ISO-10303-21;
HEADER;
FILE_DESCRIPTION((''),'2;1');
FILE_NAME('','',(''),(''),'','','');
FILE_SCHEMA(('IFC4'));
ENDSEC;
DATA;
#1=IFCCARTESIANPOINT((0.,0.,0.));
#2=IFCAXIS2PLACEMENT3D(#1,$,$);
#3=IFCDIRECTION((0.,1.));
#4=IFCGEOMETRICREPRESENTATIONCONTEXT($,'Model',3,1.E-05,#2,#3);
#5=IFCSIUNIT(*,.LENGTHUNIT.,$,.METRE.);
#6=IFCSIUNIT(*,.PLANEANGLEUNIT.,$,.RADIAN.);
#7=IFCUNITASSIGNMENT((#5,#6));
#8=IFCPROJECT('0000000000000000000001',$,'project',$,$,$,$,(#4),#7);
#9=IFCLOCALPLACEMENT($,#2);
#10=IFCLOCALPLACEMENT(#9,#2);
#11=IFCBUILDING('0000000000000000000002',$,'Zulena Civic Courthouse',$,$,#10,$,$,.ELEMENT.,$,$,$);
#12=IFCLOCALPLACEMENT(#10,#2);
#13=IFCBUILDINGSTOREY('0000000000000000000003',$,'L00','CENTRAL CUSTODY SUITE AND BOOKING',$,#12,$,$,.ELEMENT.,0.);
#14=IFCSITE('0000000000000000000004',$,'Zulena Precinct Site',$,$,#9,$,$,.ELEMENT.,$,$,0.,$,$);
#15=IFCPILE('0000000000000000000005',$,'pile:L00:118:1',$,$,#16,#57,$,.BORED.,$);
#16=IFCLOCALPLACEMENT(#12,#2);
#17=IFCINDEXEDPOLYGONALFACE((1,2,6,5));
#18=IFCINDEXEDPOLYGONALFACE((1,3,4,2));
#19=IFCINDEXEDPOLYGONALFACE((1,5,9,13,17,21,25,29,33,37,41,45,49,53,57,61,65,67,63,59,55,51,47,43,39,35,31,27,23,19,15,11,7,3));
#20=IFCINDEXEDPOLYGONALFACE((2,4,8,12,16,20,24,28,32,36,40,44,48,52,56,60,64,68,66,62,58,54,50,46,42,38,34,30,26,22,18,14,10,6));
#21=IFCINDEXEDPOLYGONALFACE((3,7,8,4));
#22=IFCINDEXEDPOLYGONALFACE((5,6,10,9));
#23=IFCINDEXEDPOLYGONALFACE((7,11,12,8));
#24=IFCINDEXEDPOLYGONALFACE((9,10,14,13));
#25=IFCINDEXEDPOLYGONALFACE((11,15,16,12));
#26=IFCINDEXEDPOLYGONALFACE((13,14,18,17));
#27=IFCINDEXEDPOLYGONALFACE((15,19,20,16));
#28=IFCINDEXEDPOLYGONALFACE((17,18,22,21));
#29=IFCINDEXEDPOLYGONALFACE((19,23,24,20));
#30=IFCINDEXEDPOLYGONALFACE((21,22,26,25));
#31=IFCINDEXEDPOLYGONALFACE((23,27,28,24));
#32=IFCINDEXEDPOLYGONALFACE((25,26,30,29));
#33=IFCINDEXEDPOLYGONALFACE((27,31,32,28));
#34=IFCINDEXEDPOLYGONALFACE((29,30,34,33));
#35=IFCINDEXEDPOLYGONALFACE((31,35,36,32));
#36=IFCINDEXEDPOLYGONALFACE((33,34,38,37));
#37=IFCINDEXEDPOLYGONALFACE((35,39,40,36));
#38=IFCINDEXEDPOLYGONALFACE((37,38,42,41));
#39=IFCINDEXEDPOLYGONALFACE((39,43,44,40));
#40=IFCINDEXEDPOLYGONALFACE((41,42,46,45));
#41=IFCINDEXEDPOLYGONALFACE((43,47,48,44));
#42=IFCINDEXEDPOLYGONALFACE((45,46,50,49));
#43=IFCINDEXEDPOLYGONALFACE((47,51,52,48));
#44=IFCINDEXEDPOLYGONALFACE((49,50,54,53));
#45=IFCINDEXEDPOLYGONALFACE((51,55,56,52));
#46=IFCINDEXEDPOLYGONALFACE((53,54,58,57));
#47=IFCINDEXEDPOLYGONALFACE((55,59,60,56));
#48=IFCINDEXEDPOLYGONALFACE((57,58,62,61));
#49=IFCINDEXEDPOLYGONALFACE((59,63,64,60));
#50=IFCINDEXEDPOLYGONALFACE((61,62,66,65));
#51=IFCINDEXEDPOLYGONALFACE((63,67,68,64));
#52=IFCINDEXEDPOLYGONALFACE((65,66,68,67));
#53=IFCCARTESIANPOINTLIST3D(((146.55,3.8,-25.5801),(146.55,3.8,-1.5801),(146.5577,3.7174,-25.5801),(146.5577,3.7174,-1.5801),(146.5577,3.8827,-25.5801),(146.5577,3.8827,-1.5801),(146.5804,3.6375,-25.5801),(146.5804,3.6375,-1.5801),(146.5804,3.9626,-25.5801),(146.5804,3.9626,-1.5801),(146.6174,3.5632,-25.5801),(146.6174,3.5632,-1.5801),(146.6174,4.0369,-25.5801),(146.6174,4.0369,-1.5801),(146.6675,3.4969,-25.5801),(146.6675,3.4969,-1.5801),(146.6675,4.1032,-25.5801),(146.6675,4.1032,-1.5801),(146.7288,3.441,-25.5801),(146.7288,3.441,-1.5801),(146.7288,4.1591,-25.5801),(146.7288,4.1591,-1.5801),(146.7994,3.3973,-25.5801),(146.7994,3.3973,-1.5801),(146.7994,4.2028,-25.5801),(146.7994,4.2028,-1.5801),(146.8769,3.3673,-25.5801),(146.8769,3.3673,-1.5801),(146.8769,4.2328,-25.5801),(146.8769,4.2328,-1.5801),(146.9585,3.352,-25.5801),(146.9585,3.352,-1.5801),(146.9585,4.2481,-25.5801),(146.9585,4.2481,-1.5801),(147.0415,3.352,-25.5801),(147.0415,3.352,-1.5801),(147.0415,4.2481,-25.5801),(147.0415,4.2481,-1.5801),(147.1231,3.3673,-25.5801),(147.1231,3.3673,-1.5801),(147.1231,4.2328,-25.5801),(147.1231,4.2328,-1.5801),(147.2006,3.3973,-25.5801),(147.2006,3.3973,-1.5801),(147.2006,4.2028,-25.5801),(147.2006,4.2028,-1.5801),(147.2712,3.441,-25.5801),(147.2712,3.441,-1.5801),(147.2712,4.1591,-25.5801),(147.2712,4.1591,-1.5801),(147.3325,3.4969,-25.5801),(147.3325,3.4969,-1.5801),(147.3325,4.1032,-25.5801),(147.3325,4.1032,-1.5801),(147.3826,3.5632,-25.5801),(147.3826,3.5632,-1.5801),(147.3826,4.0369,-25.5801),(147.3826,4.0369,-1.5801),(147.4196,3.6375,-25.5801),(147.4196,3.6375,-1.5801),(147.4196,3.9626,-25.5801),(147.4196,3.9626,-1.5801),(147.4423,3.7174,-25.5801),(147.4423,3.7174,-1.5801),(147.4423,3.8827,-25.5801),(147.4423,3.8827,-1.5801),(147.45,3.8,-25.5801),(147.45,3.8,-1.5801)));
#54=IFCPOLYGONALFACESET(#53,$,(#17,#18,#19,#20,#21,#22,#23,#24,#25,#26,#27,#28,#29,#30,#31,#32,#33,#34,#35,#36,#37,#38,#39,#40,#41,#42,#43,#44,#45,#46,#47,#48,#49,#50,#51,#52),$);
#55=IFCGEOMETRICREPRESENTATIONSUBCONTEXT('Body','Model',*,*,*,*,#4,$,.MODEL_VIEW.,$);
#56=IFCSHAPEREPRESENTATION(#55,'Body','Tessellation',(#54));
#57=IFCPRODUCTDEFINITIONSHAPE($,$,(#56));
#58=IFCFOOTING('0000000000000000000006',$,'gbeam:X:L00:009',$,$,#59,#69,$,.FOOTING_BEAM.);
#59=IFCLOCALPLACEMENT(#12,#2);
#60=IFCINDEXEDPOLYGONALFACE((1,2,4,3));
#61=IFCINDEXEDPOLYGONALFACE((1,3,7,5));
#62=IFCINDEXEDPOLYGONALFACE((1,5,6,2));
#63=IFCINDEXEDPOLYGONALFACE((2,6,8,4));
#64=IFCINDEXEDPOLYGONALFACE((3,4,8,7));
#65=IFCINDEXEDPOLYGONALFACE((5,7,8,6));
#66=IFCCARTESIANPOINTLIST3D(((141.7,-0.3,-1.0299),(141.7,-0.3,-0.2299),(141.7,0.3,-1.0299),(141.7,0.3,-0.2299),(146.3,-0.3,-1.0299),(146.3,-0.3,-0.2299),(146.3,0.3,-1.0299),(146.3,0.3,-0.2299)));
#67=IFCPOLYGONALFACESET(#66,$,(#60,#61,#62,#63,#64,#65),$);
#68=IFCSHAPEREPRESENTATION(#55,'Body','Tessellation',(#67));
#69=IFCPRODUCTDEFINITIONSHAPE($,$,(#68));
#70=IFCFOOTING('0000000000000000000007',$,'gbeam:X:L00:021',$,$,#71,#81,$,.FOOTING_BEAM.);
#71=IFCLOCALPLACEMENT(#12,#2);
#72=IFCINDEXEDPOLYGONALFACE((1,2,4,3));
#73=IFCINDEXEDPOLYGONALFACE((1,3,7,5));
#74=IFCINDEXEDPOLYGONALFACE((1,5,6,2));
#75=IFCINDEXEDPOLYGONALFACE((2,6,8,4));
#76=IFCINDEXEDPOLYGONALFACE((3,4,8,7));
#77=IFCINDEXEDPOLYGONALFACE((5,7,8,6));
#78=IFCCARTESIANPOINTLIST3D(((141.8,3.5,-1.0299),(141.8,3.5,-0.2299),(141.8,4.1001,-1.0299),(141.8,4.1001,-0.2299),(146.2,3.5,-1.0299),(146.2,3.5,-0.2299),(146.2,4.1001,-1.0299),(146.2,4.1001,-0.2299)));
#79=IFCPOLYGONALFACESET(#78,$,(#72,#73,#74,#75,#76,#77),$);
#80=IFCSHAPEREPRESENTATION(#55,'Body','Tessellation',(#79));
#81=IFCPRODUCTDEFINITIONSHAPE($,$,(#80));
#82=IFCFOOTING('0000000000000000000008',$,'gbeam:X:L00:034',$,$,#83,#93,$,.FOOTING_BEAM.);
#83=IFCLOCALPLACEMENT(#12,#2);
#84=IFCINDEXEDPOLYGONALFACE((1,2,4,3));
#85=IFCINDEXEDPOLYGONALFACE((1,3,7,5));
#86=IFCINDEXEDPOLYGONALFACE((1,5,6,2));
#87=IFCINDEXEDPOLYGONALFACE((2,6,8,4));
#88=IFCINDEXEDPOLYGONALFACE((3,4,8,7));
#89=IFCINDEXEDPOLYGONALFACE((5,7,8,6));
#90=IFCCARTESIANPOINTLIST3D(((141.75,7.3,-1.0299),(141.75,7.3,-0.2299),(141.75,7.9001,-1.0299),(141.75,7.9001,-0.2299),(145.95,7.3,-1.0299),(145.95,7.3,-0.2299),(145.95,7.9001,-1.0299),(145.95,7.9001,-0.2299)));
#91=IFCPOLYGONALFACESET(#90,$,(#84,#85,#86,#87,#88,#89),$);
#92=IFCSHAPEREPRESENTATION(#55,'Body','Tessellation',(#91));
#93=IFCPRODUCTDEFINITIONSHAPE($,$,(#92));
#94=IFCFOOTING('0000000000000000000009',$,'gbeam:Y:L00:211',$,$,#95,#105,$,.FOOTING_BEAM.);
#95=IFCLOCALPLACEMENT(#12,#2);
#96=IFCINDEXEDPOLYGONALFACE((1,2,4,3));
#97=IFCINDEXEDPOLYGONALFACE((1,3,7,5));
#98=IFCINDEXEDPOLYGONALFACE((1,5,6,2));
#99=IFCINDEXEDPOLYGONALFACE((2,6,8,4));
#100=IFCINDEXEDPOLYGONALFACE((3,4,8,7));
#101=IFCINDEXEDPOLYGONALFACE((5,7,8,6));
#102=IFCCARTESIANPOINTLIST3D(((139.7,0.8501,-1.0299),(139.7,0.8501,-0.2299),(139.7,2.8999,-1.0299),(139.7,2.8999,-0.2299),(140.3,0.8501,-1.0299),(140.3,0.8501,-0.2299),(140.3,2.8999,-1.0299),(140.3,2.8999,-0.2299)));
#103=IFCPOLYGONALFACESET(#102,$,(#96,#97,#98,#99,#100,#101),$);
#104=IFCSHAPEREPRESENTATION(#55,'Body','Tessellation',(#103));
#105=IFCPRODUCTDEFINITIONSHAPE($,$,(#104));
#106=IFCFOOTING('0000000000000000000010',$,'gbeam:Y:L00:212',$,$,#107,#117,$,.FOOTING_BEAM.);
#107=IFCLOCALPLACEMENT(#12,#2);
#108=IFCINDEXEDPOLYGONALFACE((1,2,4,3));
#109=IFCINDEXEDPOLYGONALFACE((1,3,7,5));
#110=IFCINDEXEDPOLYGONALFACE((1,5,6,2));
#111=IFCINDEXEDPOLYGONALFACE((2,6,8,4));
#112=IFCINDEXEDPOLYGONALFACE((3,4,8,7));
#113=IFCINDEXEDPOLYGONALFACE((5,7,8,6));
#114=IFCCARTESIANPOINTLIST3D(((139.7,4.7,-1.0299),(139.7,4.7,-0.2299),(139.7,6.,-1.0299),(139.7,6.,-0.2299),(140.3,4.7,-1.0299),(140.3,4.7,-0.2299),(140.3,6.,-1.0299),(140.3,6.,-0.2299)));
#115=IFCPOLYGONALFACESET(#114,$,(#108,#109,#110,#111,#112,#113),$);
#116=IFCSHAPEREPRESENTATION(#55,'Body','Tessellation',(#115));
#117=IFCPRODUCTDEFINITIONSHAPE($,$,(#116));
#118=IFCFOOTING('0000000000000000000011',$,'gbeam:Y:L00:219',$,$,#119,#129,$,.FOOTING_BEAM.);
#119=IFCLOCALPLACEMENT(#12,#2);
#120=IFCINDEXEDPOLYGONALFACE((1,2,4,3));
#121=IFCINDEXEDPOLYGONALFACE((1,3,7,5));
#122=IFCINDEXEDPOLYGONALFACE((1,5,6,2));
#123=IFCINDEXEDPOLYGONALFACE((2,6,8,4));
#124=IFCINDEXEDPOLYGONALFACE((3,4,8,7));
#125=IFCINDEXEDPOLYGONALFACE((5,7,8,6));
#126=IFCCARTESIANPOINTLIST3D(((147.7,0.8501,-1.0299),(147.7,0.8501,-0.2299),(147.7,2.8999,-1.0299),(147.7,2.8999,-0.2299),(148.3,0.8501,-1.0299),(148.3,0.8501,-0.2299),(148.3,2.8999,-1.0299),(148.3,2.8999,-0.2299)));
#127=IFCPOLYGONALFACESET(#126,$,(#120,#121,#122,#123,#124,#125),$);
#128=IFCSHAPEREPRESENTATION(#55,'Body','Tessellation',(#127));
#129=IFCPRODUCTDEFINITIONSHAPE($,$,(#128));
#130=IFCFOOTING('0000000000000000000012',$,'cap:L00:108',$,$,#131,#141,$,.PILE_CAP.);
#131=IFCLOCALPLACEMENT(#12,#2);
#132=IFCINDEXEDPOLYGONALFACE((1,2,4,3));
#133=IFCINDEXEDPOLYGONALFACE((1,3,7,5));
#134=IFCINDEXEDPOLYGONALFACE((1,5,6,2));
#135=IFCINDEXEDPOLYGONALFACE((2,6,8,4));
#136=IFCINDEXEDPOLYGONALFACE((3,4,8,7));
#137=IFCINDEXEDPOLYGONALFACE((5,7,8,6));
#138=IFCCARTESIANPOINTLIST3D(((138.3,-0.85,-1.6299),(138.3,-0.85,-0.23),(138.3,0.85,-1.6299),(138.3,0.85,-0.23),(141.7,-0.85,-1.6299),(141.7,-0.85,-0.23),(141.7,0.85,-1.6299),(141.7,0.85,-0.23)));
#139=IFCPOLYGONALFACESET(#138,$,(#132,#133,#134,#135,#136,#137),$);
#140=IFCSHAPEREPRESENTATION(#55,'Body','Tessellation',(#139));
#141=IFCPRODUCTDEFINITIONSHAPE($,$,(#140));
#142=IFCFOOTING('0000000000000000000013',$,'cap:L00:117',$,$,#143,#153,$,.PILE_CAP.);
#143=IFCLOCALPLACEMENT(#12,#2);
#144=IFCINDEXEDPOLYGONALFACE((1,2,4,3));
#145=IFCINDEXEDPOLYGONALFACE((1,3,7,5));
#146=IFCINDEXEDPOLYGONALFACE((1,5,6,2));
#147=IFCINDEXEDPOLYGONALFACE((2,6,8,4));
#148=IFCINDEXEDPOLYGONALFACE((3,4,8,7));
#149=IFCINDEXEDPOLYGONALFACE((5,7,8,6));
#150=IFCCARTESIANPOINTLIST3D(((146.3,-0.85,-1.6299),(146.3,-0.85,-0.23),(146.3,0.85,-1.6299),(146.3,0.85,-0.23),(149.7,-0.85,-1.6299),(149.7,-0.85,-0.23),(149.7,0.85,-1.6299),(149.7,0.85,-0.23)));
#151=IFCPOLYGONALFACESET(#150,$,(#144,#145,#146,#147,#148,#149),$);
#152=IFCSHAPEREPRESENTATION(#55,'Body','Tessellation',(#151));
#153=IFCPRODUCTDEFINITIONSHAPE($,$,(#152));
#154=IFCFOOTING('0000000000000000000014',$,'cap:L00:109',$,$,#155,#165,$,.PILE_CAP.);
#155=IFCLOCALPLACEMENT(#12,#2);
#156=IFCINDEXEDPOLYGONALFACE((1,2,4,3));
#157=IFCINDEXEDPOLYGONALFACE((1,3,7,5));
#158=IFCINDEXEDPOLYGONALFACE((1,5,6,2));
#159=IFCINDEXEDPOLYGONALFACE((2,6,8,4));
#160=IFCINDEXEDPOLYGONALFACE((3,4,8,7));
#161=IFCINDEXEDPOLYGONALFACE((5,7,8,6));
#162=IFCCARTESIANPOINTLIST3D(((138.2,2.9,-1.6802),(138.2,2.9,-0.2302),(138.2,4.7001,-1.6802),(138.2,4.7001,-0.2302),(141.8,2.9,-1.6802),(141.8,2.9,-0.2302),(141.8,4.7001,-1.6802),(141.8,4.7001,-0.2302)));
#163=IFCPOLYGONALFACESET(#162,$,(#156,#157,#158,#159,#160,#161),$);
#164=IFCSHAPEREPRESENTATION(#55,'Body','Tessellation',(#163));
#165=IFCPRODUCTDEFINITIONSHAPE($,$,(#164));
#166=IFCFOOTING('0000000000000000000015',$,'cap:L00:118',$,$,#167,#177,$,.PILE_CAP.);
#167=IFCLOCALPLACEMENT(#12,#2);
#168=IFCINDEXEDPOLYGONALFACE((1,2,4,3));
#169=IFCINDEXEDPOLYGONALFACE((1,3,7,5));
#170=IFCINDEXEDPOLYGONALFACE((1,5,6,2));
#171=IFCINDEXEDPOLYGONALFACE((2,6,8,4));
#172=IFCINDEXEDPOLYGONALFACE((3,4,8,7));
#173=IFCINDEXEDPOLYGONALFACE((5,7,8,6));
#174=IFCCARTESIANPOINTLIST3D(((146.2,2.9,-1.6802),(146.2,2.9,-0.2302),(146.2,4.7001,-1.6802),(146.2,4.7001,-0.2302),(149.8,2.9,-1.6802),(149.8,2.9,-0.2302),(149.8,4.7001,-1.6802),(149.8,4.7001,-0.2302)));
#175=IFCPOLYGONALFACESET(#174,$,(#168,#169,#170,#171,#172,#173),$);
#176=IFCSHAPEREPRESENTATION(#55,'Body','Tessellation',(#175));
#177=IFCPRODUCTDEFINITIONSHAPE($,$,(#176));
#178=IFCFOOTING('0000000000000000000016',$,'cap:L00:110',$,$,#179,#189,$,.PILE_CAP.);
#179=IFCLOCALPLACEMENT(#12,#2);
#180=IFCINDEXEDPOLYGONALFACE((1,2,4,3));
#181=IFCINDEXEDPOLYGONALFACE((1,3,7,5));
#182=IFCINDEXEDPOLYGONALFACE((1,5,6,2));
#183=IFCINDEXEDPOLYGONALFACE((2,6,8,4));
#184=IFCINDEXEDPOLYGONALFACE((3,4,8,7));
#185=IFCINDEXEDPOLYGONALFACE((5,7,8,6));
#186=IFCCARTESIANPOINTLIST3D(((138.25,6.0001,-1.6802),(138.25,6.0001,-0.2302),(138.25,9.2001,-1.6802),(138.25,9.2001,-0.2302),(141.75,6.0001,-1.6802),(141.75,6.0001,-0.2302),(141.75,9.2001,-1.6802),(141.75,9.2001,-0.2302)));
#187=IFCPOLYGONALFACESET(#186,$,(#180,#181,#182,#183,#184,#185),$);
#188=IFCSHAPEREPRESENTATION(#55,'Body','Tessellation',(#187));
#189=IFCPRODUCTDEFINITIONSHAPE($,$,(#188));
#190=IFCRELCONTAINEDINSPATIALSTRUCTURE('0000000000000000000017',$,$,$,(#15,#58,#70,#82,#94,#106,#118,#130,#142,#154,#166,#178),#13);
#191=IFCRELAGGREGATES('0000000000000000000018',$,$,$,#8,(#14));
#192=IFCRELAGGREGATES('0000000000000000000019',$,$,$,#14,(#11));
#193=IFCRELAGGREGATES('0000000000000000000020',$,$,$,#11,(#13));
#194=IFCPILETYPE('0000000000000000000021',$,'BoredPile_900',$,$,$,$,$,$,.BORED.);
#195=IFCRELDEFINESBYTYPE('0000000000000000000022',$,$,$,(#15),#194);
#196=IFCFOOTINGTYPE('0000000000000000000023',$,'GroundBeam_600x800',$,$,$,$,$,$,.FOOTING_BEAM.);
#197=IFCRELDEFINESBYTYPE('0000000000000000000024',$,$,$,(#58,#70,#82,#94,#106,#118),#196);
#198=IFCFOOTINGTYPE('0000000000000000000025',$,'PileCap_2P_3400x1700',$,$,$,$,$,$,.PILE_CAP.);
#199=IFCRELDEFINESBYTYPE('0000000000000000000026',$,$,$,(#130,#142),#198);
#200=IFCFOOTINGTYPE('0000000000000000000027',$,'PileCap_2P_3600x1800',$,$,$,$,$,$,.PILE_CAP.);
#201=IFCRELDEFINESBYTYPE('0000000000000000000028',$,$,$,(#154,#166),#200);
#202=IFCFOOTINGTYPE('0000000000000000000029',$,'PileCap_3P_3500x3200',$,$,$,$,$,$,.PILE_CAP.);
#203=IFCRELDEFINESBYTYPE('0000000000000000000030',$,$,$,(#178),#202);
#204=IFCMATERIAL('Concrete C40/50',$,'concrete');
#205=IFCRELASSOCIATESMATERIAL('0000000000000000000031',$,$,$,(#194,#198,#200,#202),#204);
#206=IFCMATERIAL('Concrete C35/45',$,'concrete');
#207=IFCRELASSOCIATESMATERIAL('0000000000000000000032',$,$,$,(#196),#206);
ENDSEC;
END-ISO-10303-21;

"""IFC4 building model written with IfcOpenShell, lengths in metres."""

from ifc_helpers import new_model, si_unit, direction, frame, origin, origin_2d, place, context, subcontext, project, spatial, rectangle, circle, extrude, material, material_profile, profile_set, type_object, element, save


model = new_model("IFC4")

# Units and contexts
model_context = context("Model", 3, precision=1e-05, world=origin(), true_north=direction((0.0, 1.0)))
body_context = subcontext(model_context, "Body", "Model", "MODEL_VIEW")
ifc_project = project(units=[si_unit("LENGTHUNIT", "METRE"), si_unit("PLANEANGLEUNIT", "RADIAN")], contexts=[model_context])

# Site, building, storey
site_placement = place(None, origin())
site = spatial("IfcSite", under=ifc_project, at=site_placement, Name="Zulena Precinct Site", CompositionType="ELEMENT", RefElevation=0.0)
building_placement = place(site_placement, origin())
building = spatial("IfcBuilding", under=site, at=building_placement, Name="Zulena Civic Courthouse", CompositionType="ELEMENT")
storey_placement = place(building_placement, origin())
storey = spatial("IfcBuildingStorey", under=building, at=storey_placement, Name="L00", Description="CENTRAL CUSTODY SUITE AND BOOKING", CompositionType="ELEMENT", Elevation=0.0)

# Pile
ifc_material_1 = material(Name="Concrete C40/50", Category="concrete")
ifc_material_profile_1 = material_profile(ifc_material_1, circle(Radius=0.45, at=origin_2d()), Name="PILE900")
ifc_profile_set_1 = profile_set([ifc_material_profile_1], Name="Concrete C40/50")
pile_type_1 = type_object("IfcPileType", Name="BoredPile_900", PredefinedType="BORED", material=ifc_profile_set_1)
for number, where, z_axis, x_axis, name in (
    (1, (147.0, 3.8, -1.5801), (0.0, 0.0, -1.0), (1.0, 0.0, 0.0), "pile:L00:118:1"),
):
    element("IfcPile", number, at=place(storey_placement, frame(where, z_axis=z_axis, x_axis=x_axis)), inside=storey, type_object=pile_type_1, Name=name, PredefinedType="BORED", context=body_context, shape_type="SweptSolid", body=[
        extrude(circle(Radius=0.45, at=origin_2d()), origin(), (0.0, 0.0, 1.0), 24.0),
    ])

# Footings
ifc_material_2 = material(Name="Concrete C35/45", Category="concrete")
ifc_material_profile_2 = material_profile(ifc_material_2, rectangle(XDim=0.6001, YDim=0.8, at=origin_2d()), Name="RC600X800")
ifc_profile_set_2 = profile_set([ifc_material_profile_2], Name="Concrete C35/45")
footing_type_1 = type_object("IfcFootingType", Name="GroundBeam_600x800", PredefinedType="FOOTING_BEAM", material=ifc_profile_set_2)
footing_1_placement = place(storey_placement, frame((141.7, 0.0, -0.6299), z_axis=(1.0, 0.0, 0.0), x_axis=(0.0, 1.0, 0.0)))
element("IfcFooting", 2, at=footing_1_placement, inside=storey, type_object=footing_type_1, Name="gbeam:X:L00:009", PredefinedType="FOOTING_BEAM", context=body_context, shape_type="SweptSolid", body=[
    extrude(rectangle(XDim=0.6001, YDim=0.8, at=origin_2d()), origin(), (0.0, 0.0, 1.0), 4.6001),
])
footing_2_placement = place(storey_placement, frame((141.8, 3.8, -0.6299), z_axis=(1.0, 0.0, 0.0), x_axis=(0.0, 1.0, 0.0)))
element("IfcFooting", 3, at=footing_2_placement, inside=storey, type_object=footing_type_1, Name="gbeam:X:L00:021", PredefinedType="FOOTING_BEAM", context=body_context, shape_type="SweptSolid", body=[
    extrude(rectangle(XDim=0.6001, YDim=0.8, at=origin_2d()), origin(), (0.0, 0.0, 1.0), 4.3999),
])
footing_3_placement = place(storey_placement, frame((141.75, 7.6001, -0.6299), z_axis=(1.0, 0.0, 0.0), x_axis=(0.0, 1.0, 0.0)))
element("IfcFooting", 4, at=footing_3_placement, inside=storey, type_object=footing_type_1, Name="gbeam:X:L00:034", PredefinedType="FOOTING_BEAM", context=body_context, shape_type="SweptSolid", body=[
    extrude(rectangle(XDim=0.6001, YDim=0.8, at=origin_2d()), origin(), (0.0, 0.0, 1.0), 4.2),
])
footing_4_placement = place(storey_placement, frame((140.0, 0.8501, -0.6299), z_axis=(0.0, 1.0, 0.0), x_axis=(-1.0, 0.0, 0.0)))
element("IfcFooting", 5, at=footing_4_placement, inside=storey, type_object=footing_type_1, Name="gbeam:Y:L00:211", PredefinedType="FOOTING_BEAM", context=body_context, shape_type="SweptSolid", body=[
    extrude(rectangle(XDim=0.6001, YDim=0.8, at=origin_2d()), origin(), (0.0, 0.0, 1.0), 2.0498),
])
footing_5_placement = place(storey_placement, frame((140.0, 4.7, -0.6299), z_axis=(0.0, 1.0, 0.0), x_axis=(-1.0, 0.0, 0.0)))
element("IfcFooting", 6, at=footing_5_placement, inside=storey, type_object=footing_type_1, Name="gbeam:Y:L00:212", PredefinedType="FOOTING_BEAM", context=body_context, shape_type="SweptSolid", body=[
    extrude(rectangle(XDim=0.6001, YDim=0.8, at=origin_2d()), origin(), (0.0, 0.0, 1.0), 1.3),
])
footing_6_placement = place(storey_placement, frame((148.0, 0.8501, -0.6299), z_axis=(0.0, 1.0, 0.0), x_axis=(-1.0, 0.0, 0.0)))
element("IfcFooting", 7, at=footing_6_placement, inside=storey, type_object=footing_type_1, Name="gbeam:Y:L00:219", PredefinedType="FOOTING_BEAM", context=body_context, shape_type="SweptSolid", body=[
    extrude(rectangle(XDim=0.6001, YDim=0.8, at=origin_2d()), origin(), (0.0, 0.0, 1.0), 2.0498),
])
footing_type_2 = type_object("IfcFootingType", Name="PileCap_2P_3400x1700", PredefinedType="PILE_CAP", material=ifc_material_1)
for number, where, z_axis, x_axis, name in (
    (8, (140.0, 0.0, -1.6299), (0.0, 0.0, 1.0), (1.0, 0.0, 0.0), "cap:L00:108"),
    (9, (148.0, 0.0, -1.6299), (0.0, 0.0, 1.0), (1.0, 0.0, 0.0), "cap:L00:117"),
):
    element("IfcFooting", number, at=place(storey_placement, frame(where, z_axis=z_axis, x_axis=x_axis)), inside=storey, type_object=footing_type_2, Name=name, PredefinedType="PILE_CAP", context=body_context, shape_type="SweptSolid", body=[
        extrude(rectangle(XDim=3.3999, YDim=1.7, at=origin_2d()), origin(), (0.0, 0.0, 1.0), 1.3999),
    ])
footing_type_3 = type_object("IfcFootingType", Name="PileCap_2P_3600x1800", PredefinedType="PILE_CAP", material=ifc_material_1)
for number, where, z_axis, x_axis, name in (
    (10, (140.0, 3.8, -1.6802), (0.0, 0.0, 1.0), (1.0, 0.0, 0.0), "cap:L00:109"),
    (11, (148.0, 3.8, -1.6802), (0.0, 0.0, 1.0), (1.0, 0.0, 0.0), "cap:L00:118"),
):
    element("IfcFooting", number, at=place(storey_placement, frame(where, z_axis=z_axis, x_axis=x_axis)), inside=storey, type_object=footing_type_3, Name=name, PredefinedType="PILE_CAP", context=body_context, shape_type="SweptSolid", body=[
        extrude(rectangle(XDim=3.6001, YDim=1.8, at=origin_2d()), origin(), (0.0, 0.0, 1.0), 1.45),
    ])
footing_type_4 = type_object("IfcFootingType", Name="PileCap_3P_3500x3200", PredefinedType="PILE_CAP", material=ifc_material_1)
footing_7_placement = place(storey_placement, frame((140.0, 7.6001, -1.6802), z_axis=(0.0, 0.0, 1.0), x_axis=(1.0, 0.0, 0.0)))
element("IfcFooting", 12, at=footing_7_placement, inside=storey, type_object=footing_type_4, Name="cap:L00:110", PredefinedType="PILE_CAP", context=body_context, shape_type="SweptSolid", body=[
    extrude(rectangle(XDim=3.5, YDim=3.2, at=origin_2d()), origin(), (0.0, 0.0, 1.0), 1.45),
])

save(model, "model.ifc")
